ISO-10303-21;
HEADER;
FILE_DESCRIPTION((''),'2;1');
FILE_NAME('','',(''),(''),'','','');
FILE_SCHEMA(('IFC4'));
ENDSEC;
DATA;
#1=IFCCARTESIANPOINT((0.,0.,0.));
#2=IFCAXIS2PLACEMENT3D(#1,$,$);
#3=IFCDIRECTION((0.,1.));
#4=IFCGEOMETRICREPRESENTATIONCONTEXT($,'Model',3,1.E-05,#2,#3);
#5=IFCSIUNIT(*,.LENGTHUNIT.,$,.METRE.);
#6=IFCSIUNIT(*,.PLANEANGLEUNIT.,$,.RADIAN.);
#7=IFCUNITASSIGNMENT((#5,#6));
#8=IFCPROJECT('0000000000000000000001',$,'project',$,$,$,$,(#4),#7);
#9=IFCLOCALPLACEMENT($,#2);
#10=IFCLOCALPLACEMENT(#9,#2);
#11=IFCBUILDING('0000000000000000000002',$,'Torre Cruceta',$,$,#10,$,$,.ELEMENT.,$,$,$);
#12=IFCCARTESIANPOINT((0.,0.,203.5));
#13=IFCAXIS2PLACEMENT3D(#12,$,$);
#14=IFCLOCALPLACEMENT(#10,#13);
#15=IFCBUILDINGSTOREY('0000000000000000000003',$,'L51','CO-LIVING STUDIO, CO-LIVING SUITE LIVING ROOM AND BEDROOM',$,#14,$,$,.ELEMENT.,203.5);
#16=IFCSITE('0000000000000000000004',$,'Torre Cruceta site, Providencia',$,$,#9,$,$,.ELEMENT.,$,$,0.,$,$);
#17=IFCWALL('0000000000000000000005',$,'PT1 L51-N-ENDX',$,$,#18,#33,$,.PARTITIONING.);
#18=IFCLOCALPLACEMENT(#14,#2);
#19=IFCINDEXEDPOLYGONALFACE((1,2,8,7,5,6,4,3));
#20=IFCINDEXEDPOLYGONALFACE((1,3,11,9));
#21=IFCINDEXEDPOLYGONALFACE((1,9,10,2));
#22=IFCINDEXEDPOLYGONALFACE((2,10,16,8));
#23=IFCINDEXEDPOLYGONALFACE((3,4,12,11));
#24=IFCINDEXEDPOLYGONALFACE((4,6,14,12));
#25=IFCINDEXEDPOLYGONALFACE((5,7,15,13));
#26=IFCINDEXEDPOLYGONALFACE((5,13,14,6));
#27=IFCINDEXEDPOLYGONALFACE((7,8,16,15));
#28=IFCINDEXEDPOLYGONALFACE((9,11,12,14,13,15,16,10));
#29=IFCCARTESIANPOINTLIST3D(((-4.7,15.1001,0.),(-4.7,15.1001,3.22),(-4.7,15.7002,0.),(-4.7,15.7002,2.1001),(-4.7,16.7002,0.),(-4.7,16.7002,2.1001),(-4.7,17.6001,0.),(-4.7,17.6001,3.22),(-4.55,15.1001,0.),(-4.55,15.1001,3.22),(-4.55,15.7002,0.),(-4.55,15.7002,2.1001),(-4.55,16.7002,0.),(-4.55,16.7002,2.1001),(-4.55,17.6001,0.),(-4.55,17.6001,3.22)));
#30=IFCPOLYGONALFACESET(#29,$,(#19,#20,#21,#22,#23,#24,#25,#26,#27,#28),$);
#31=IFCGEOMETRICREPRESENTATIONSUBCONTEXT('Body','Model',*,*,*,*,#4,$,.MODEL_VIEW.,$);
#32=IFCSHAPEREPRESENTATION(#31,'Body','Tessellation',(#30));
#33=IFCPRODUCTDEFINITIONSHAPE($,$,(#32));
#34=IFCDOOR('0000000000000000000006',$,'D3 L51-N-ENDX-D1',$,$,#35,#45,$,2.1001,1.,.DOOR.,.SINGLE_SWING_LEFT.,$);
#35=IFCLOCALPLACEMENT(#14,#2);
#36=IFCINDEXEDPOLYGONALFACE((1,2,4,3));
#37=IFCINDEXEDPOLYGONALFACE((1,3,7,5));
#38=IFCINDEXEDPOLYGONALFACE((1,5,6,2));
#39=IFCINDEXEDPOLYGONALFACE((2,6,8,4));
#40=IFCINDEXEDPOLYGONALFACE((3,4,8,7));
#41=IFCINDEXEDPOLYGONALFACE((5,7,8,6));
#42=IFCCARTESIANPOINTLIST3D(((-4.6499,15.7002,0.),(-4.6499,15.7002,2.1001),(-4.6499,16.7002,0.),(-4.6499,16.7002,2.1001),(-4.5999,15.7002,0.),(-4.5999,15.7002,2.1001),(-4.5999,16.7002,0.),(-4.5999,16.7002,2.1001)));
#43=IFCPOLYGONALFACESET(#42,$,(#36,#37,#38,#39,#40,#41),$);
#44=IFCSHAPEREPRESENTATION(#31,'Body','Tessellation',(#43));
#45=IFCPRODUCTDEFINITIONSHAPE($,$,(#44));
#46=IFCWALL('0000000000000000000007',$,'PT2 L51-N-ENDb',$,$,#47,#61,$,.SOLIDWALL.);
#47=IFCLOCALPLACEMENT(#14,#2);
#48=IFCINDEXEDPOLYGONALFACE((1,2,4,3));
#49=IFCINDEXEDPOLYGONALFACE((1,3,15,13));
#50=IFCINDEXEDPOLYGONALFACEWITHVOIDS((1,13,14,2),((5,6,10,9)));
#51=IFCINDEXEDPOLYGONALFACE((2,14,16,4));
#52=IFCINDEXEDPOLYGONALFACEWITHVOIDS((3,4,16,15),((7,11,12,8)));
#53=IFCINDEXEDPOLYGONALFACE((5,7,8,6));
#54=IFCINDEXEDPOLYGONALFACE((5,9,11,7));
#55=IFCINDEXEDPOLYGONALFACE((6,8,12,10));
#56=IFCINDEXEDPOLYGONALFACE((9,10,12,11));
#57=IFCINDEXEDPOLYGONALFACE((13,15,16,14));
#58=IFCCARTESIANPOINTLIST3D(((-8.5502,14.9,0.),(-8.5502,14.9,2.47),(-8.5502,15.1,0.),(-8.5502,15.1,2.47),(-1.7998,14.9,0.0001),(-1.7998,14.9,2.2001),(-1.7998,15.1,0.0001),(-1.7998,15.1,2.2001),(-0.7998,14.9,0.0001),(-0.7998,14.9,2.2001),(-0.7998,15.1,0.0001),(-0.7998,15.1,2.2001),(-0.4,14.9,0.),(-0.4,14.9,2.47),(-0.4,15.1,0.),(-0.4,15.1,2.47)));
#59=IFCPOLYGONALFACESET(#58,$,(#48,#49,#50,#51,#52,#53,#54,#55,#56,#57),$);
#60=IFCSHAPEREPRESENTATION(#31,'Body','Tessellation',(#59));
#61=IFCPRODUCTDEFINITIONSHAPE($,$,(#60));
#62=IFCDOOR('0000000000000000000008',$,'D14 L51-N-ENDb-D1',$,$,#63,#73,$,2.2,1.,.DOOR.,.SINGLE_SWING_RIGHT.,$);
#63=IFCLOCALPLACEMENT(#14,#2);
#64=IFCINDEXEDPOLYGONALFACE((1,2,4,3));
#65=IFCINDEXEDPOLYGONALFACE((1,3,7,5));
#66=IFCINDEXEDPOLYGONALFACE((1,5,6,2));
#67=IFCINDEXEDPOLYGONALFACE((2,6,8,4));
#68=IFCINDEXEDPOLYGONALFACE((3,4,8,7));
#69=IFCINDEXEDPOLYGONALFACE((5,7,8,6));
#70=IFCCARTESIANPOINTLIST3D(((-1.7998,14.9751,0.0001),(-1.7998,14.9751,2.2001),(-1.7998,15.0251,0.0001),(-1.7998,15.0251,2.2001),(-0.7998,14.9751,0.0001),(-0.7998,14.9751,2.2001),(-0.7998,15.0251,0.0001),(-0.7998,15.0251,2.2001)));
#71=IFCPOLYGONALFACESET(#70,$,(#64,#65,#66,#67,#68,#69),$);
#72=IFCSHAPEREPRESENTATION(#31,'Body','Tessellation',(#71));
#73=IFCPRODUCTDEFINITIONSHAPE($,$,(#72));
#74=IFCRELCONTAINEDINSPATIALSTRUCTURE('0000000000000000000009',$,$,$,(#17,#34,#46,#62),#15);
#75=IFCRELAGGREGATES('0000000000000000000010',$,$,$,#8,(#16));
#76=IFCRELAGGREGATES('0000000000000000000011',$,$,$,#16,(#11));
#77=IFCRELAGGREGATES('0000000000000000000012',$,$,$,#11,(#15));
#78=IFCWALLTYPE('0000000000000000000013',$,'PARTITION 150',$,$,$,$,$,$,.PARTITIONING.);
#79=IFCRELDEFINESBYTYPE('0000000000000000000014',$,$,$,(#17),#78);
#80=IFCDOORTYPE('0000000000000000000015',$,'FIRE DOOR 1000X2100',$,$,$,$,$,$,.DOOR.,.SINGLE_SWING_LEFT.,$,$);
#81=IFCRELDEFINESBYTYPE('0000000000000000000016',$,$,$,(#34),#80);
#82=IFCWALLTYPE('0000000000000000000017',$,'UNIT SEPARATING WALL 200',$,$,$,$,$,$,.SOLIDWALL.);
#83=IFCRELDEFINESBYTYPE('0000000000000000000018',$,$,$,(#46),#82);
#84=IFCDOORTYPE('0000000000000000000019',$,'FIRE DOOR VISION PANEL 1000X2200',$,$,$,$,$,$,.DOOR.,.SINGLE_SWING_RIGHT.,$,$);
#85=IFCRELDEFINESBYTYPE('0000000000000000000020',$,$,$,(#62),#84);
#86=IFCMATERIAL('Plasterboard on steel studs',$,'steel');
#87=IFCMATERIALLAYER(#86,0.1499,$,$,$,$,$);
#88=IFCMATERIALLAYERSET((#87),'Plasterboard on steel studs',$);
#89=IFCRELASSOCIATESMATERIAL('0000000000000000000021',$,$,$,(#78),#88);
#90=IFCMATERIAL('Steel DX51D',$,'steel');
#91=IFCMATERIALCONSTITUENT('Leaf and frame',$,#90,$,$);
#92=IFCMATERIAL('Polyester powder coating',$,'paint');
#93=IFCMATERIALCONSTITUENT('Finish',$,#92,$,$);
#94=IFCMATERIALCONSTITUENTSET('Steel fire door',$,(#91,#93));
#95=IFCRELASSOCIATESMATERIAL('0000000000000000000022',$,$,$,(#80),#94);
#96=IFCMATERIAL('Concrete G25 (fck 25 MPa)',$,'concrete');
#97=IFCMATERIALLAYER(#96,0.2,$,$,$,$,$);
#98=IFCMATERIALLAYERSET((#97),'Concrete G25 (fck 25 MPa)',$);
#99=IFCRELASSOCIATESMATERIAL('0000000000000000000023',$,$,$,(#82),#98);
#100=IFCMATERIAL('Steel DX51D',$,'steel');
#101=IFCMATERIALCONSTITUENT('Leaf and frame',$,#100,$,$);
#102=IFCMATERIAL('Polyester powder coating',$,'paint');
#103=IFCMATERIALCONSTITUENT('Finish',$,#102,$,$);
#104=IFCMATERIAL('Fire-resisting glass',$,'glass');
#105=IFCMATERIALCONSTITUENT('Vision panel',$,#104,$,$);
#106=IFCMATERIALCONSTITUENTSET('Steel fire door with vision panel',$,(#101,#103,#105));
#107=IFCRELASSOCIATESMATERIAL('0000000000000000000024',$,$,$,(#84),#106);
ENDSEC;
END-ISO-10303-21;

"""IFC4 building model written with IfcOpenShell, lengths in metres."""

from ifc_helpers import new_model, si_unit, direction, frame, frame_2d, origin, place, context, subcontext, project, spatial, rectangle, extrude, material, layer, layer_set, constituent, constituent_set, type_object, element, fill, save


model = new_model("IFC4")

# Units and contexts
model_context = context("Model", 3, precision=1e-05, world=origin(), true_north=direction((0.0, 1.0)))
body_context = subcontext(model_context, "Body", "Model", "MODEL_VIEW")
ifc_project = project(units=[si_unit("LENGTHUNIT", "METRE"), si_unit("PLANEANGLEUNIT", "RADIAN")], contexts=[model_context])

# Site, building, storey
site_placement = place(None, origin())
site = spatial("IfcSite", under=ifc_project, at=site_placement, Name="Torre Cruceta site, Providencia", CompositionType="ELEMENT", RefElevation=0.0)
building_placement = place(site_placement, origin())
building = spatial("IfcBuilding", under=site, at=building_placement, Name="Torre Cruceta", CompositionType="ELEMENT")
storey_placement = place(building_placement, frame((0.0, 0.0, 203.5)))
storey = spatial("IfcBuildingStorey", under=building, at=storey_placement, Name="L51", Description="CO-LIVING STUDIO, CO-LIVING SUITE LIVING ROOM AND BEDROOM", CompositionType="ELEMENT", Elevation=203.5)

# Walls, openings, doors
ifc_material_1 = material(Name="Plasterboard on steel studs", Category="steel")
ifc_layer_1 = layer(ifc_material_1, 0.1499)
ifc_layer_set_1 = layer_set([ifc_layer_1], Name="Plasterboard on steel studs")
wall_type_1 = type_object("IfcWallType", Name="PARTITION 150", PredefinedType="PARTITIONING", material=ifc_layer_set_1)
wall_1_placement = place(storey_placement, frame((-4.625, 15.1001, 0.0), z_axis=(0.0, 0.0, 1.0), x_axis=(0.0, 1.0, 0.0)))
wall_1 = element("IfcWall", 1, at=wall_1_placement, inside=storey, type_object=wall_type_1, Name="PT1 L51-N-ENDX", PredefinedType="PARTITIONING", context=body_context, shape_type="SweptSolid", body=[
    extrude(rectangle(XDim=2.5, YDim=0.1499, at=frame_2d((1.25, 0.0))), origin(), (0.0, 0.0, 1.0), 3.22),
])
opening_1_placement = place(wall_1_placement, frame((0.6001, 0.0, 0.0)))
opening_1 = element("IfcOpeningElement", 2, at=opening_1_placement, cuts=wall_1, PredefinedType="OPENING", context=body_context, shape_type="SweptSolid", body=[
    extrude(rectangle(XDim=1.0, YDim=2.1001, at=frame_2d((0.5, 1.05))), frame((0.0, 0.085, 0.0), z_axis=(0.0, -1.0, 0.0), x_axis=(1.0, 0.0, 0.0)), (0.0, 0.0, 1.0), 0.1699),
])
ifc_material_2 = material(Name="Steel DX51D", Category="steel")
ifc_constituent_1 = constituent(ifc_material_2, Name="Leaf and frame")
ifc_material_3 = material(Name="Polyester powder coating", Category="paint")
ifc_constituent_2 = constituent(ifc_material_3, Name="Finish")
ifc_constituent_set_1 = constituent_set(constituents=[ifc_constituent_1, ifc_constituent_2], Name="Steel fire door")
door_type_1 = type_object("IfcDoorType", Name="FIRE DOOR 1000X2100", OperationType="SINGLE_SWING_LEFT", PredefinedType="DOOR", material=ifc_constituent_set_1)
door_1_placement = place(opening_1_placement, origin())
door_1 = element("IfcDoor", 3, at=door_1_placement, inside=storey, type_object=door_type_1, Name="D3 L51-N-ENDX-D1", OperationType="SINGLE_SWING_LEFT", OverallHeight=2.1001, OverallWidth=1.0, PredefinedType="DOOR", context=body_context, shape_type="SweptSolid", body=[
    extrude(rectangle(XDim=1.0, YDim=2.1001, at=frame_2d((0.5, 1.05))), frame((0.0, 0.0249, 0.0), z_axis=(0.0, -1.0, 0.0), x_axis=(1.0, 0.0, 0.0)), (0.0, 0.0, 1.0), 0.05),
])
fill(opening_1, door_1)
ifc_material_4 = material(Name="Concrete G25 (fck 25 MPa)", Category="concrete")
ifc_layer_2 = layer(ifc_material_4, 0.2)
ifc_layer_set_2 = layer_set([ifc_layer_2], Name="Concrete G25 (fck 25 MPa)")
wall_type_2 = type_object("IfcWallType", Name="UNIT SEPARATING WALL 200", PredefinedType="SOLIDWALL", material=ifc_layer_set_2)
wall_2_placement = place(storey_placement, frame((-0.3999, 15.0, 0.0), z_axis=(0.0, 0.0, 1.0), x_axis=(-1.0, 0.0, 0.0)))
wall_2 = element("IfcWall", 4, at=wall_2_placement, inside=storey, type_object=wall_type_2, Name="PT2 L51-N-ENDb", PredefinedType="SOLIDWALL", context=body_context, shape_type="SweptSolid", body=[
    extrude(rectangle(XDim=8.1501, YDim=0.2, at=frame_2d((4.0752, 0.0))), origin(), (0.0, 0.0, 1.0), 2.47),
])
opening_2_placement = place(wall_2_placement, frame((0.3999, 0.0, 0.0)))
opening_2 = element("IfcOpeningElement", 5, at=opening_2_placement, cuts=wall_2, PredefinedType="OPENING", context=body_context, shape_type="SweptSolid", body=[
    extrude(rectangle(XDim=1.0, YDim=2.2, at=frame_2d((0.5, 1.1001))), frame((0.0, 0.1099, 0.0), z_axis=(0.0, -1.0, 0.0), x_axis=(1.0, 0.0, 0.0)), (0.0, 0.0, 1.0), 0.22),
])
ifc_material_5 = material(Name="Steel DX51D", Category="steel")
ifc_constituent_3 = constituent(ifc_material_5, Name="Leaf and frame")
ifc_material_6 = material(Name="Polyester powder coating", Category="paint")
ifc_constituent_4 = constituent(ifc_material_6, Name="Finish")
ifc_material_7 = material(Name="Fire-resisting glass", Category="glass")
ifc_constituent_5 = constituent(ifc_material_7, Name="Vision panel")
ifc_constituent_set_2 = constituent_set(constituents=[ifc_constituent_3, ifc_constituent_4, ifc_constituent_5], Name="Steel fire door with vision panel")
door_type_2 = type_object("IfcDoorType", Name="FIRE DOOR VISION PANEL 1000X2200", OperationType="SINGLE_SWING_RIGHT", PredefinedType="DOOR", material=ifc_constituent_set_2)
door_2_placement = place(opening_2_placement, frame((1.0, 0.0, 0.0), z_axis=(0.0, 0.0, 1.0), x_axis=(-1.0, 0.0, 0.0)))
door_2 = element("IfcDoor", 6, at=door_2_placement, inside=storey, type_object=door_type_2, Name="D14 L51-N-ENDb-D1", OperationType="SINGLE_SWING_RIGHT", OverallHeight=2.2, OverallWidth=1.0, PredefinedType="DOOR", context=body_context, shape_type="SweptSolid", body=[
    extrude(rectangle(XDim=1.0, YDim=2.2, at=frame_2d((0.5, 1.1001))), frame((0.0, 0.0251, 0.0), z_axis=(0.0, -1.0, 0.0), x_axis=(1.0, 0.0, 0.0)), (0.0, 0.0, 1.0), 0.05),
])
fill(opening_2, door_2)

save(model, "model.ifc")
